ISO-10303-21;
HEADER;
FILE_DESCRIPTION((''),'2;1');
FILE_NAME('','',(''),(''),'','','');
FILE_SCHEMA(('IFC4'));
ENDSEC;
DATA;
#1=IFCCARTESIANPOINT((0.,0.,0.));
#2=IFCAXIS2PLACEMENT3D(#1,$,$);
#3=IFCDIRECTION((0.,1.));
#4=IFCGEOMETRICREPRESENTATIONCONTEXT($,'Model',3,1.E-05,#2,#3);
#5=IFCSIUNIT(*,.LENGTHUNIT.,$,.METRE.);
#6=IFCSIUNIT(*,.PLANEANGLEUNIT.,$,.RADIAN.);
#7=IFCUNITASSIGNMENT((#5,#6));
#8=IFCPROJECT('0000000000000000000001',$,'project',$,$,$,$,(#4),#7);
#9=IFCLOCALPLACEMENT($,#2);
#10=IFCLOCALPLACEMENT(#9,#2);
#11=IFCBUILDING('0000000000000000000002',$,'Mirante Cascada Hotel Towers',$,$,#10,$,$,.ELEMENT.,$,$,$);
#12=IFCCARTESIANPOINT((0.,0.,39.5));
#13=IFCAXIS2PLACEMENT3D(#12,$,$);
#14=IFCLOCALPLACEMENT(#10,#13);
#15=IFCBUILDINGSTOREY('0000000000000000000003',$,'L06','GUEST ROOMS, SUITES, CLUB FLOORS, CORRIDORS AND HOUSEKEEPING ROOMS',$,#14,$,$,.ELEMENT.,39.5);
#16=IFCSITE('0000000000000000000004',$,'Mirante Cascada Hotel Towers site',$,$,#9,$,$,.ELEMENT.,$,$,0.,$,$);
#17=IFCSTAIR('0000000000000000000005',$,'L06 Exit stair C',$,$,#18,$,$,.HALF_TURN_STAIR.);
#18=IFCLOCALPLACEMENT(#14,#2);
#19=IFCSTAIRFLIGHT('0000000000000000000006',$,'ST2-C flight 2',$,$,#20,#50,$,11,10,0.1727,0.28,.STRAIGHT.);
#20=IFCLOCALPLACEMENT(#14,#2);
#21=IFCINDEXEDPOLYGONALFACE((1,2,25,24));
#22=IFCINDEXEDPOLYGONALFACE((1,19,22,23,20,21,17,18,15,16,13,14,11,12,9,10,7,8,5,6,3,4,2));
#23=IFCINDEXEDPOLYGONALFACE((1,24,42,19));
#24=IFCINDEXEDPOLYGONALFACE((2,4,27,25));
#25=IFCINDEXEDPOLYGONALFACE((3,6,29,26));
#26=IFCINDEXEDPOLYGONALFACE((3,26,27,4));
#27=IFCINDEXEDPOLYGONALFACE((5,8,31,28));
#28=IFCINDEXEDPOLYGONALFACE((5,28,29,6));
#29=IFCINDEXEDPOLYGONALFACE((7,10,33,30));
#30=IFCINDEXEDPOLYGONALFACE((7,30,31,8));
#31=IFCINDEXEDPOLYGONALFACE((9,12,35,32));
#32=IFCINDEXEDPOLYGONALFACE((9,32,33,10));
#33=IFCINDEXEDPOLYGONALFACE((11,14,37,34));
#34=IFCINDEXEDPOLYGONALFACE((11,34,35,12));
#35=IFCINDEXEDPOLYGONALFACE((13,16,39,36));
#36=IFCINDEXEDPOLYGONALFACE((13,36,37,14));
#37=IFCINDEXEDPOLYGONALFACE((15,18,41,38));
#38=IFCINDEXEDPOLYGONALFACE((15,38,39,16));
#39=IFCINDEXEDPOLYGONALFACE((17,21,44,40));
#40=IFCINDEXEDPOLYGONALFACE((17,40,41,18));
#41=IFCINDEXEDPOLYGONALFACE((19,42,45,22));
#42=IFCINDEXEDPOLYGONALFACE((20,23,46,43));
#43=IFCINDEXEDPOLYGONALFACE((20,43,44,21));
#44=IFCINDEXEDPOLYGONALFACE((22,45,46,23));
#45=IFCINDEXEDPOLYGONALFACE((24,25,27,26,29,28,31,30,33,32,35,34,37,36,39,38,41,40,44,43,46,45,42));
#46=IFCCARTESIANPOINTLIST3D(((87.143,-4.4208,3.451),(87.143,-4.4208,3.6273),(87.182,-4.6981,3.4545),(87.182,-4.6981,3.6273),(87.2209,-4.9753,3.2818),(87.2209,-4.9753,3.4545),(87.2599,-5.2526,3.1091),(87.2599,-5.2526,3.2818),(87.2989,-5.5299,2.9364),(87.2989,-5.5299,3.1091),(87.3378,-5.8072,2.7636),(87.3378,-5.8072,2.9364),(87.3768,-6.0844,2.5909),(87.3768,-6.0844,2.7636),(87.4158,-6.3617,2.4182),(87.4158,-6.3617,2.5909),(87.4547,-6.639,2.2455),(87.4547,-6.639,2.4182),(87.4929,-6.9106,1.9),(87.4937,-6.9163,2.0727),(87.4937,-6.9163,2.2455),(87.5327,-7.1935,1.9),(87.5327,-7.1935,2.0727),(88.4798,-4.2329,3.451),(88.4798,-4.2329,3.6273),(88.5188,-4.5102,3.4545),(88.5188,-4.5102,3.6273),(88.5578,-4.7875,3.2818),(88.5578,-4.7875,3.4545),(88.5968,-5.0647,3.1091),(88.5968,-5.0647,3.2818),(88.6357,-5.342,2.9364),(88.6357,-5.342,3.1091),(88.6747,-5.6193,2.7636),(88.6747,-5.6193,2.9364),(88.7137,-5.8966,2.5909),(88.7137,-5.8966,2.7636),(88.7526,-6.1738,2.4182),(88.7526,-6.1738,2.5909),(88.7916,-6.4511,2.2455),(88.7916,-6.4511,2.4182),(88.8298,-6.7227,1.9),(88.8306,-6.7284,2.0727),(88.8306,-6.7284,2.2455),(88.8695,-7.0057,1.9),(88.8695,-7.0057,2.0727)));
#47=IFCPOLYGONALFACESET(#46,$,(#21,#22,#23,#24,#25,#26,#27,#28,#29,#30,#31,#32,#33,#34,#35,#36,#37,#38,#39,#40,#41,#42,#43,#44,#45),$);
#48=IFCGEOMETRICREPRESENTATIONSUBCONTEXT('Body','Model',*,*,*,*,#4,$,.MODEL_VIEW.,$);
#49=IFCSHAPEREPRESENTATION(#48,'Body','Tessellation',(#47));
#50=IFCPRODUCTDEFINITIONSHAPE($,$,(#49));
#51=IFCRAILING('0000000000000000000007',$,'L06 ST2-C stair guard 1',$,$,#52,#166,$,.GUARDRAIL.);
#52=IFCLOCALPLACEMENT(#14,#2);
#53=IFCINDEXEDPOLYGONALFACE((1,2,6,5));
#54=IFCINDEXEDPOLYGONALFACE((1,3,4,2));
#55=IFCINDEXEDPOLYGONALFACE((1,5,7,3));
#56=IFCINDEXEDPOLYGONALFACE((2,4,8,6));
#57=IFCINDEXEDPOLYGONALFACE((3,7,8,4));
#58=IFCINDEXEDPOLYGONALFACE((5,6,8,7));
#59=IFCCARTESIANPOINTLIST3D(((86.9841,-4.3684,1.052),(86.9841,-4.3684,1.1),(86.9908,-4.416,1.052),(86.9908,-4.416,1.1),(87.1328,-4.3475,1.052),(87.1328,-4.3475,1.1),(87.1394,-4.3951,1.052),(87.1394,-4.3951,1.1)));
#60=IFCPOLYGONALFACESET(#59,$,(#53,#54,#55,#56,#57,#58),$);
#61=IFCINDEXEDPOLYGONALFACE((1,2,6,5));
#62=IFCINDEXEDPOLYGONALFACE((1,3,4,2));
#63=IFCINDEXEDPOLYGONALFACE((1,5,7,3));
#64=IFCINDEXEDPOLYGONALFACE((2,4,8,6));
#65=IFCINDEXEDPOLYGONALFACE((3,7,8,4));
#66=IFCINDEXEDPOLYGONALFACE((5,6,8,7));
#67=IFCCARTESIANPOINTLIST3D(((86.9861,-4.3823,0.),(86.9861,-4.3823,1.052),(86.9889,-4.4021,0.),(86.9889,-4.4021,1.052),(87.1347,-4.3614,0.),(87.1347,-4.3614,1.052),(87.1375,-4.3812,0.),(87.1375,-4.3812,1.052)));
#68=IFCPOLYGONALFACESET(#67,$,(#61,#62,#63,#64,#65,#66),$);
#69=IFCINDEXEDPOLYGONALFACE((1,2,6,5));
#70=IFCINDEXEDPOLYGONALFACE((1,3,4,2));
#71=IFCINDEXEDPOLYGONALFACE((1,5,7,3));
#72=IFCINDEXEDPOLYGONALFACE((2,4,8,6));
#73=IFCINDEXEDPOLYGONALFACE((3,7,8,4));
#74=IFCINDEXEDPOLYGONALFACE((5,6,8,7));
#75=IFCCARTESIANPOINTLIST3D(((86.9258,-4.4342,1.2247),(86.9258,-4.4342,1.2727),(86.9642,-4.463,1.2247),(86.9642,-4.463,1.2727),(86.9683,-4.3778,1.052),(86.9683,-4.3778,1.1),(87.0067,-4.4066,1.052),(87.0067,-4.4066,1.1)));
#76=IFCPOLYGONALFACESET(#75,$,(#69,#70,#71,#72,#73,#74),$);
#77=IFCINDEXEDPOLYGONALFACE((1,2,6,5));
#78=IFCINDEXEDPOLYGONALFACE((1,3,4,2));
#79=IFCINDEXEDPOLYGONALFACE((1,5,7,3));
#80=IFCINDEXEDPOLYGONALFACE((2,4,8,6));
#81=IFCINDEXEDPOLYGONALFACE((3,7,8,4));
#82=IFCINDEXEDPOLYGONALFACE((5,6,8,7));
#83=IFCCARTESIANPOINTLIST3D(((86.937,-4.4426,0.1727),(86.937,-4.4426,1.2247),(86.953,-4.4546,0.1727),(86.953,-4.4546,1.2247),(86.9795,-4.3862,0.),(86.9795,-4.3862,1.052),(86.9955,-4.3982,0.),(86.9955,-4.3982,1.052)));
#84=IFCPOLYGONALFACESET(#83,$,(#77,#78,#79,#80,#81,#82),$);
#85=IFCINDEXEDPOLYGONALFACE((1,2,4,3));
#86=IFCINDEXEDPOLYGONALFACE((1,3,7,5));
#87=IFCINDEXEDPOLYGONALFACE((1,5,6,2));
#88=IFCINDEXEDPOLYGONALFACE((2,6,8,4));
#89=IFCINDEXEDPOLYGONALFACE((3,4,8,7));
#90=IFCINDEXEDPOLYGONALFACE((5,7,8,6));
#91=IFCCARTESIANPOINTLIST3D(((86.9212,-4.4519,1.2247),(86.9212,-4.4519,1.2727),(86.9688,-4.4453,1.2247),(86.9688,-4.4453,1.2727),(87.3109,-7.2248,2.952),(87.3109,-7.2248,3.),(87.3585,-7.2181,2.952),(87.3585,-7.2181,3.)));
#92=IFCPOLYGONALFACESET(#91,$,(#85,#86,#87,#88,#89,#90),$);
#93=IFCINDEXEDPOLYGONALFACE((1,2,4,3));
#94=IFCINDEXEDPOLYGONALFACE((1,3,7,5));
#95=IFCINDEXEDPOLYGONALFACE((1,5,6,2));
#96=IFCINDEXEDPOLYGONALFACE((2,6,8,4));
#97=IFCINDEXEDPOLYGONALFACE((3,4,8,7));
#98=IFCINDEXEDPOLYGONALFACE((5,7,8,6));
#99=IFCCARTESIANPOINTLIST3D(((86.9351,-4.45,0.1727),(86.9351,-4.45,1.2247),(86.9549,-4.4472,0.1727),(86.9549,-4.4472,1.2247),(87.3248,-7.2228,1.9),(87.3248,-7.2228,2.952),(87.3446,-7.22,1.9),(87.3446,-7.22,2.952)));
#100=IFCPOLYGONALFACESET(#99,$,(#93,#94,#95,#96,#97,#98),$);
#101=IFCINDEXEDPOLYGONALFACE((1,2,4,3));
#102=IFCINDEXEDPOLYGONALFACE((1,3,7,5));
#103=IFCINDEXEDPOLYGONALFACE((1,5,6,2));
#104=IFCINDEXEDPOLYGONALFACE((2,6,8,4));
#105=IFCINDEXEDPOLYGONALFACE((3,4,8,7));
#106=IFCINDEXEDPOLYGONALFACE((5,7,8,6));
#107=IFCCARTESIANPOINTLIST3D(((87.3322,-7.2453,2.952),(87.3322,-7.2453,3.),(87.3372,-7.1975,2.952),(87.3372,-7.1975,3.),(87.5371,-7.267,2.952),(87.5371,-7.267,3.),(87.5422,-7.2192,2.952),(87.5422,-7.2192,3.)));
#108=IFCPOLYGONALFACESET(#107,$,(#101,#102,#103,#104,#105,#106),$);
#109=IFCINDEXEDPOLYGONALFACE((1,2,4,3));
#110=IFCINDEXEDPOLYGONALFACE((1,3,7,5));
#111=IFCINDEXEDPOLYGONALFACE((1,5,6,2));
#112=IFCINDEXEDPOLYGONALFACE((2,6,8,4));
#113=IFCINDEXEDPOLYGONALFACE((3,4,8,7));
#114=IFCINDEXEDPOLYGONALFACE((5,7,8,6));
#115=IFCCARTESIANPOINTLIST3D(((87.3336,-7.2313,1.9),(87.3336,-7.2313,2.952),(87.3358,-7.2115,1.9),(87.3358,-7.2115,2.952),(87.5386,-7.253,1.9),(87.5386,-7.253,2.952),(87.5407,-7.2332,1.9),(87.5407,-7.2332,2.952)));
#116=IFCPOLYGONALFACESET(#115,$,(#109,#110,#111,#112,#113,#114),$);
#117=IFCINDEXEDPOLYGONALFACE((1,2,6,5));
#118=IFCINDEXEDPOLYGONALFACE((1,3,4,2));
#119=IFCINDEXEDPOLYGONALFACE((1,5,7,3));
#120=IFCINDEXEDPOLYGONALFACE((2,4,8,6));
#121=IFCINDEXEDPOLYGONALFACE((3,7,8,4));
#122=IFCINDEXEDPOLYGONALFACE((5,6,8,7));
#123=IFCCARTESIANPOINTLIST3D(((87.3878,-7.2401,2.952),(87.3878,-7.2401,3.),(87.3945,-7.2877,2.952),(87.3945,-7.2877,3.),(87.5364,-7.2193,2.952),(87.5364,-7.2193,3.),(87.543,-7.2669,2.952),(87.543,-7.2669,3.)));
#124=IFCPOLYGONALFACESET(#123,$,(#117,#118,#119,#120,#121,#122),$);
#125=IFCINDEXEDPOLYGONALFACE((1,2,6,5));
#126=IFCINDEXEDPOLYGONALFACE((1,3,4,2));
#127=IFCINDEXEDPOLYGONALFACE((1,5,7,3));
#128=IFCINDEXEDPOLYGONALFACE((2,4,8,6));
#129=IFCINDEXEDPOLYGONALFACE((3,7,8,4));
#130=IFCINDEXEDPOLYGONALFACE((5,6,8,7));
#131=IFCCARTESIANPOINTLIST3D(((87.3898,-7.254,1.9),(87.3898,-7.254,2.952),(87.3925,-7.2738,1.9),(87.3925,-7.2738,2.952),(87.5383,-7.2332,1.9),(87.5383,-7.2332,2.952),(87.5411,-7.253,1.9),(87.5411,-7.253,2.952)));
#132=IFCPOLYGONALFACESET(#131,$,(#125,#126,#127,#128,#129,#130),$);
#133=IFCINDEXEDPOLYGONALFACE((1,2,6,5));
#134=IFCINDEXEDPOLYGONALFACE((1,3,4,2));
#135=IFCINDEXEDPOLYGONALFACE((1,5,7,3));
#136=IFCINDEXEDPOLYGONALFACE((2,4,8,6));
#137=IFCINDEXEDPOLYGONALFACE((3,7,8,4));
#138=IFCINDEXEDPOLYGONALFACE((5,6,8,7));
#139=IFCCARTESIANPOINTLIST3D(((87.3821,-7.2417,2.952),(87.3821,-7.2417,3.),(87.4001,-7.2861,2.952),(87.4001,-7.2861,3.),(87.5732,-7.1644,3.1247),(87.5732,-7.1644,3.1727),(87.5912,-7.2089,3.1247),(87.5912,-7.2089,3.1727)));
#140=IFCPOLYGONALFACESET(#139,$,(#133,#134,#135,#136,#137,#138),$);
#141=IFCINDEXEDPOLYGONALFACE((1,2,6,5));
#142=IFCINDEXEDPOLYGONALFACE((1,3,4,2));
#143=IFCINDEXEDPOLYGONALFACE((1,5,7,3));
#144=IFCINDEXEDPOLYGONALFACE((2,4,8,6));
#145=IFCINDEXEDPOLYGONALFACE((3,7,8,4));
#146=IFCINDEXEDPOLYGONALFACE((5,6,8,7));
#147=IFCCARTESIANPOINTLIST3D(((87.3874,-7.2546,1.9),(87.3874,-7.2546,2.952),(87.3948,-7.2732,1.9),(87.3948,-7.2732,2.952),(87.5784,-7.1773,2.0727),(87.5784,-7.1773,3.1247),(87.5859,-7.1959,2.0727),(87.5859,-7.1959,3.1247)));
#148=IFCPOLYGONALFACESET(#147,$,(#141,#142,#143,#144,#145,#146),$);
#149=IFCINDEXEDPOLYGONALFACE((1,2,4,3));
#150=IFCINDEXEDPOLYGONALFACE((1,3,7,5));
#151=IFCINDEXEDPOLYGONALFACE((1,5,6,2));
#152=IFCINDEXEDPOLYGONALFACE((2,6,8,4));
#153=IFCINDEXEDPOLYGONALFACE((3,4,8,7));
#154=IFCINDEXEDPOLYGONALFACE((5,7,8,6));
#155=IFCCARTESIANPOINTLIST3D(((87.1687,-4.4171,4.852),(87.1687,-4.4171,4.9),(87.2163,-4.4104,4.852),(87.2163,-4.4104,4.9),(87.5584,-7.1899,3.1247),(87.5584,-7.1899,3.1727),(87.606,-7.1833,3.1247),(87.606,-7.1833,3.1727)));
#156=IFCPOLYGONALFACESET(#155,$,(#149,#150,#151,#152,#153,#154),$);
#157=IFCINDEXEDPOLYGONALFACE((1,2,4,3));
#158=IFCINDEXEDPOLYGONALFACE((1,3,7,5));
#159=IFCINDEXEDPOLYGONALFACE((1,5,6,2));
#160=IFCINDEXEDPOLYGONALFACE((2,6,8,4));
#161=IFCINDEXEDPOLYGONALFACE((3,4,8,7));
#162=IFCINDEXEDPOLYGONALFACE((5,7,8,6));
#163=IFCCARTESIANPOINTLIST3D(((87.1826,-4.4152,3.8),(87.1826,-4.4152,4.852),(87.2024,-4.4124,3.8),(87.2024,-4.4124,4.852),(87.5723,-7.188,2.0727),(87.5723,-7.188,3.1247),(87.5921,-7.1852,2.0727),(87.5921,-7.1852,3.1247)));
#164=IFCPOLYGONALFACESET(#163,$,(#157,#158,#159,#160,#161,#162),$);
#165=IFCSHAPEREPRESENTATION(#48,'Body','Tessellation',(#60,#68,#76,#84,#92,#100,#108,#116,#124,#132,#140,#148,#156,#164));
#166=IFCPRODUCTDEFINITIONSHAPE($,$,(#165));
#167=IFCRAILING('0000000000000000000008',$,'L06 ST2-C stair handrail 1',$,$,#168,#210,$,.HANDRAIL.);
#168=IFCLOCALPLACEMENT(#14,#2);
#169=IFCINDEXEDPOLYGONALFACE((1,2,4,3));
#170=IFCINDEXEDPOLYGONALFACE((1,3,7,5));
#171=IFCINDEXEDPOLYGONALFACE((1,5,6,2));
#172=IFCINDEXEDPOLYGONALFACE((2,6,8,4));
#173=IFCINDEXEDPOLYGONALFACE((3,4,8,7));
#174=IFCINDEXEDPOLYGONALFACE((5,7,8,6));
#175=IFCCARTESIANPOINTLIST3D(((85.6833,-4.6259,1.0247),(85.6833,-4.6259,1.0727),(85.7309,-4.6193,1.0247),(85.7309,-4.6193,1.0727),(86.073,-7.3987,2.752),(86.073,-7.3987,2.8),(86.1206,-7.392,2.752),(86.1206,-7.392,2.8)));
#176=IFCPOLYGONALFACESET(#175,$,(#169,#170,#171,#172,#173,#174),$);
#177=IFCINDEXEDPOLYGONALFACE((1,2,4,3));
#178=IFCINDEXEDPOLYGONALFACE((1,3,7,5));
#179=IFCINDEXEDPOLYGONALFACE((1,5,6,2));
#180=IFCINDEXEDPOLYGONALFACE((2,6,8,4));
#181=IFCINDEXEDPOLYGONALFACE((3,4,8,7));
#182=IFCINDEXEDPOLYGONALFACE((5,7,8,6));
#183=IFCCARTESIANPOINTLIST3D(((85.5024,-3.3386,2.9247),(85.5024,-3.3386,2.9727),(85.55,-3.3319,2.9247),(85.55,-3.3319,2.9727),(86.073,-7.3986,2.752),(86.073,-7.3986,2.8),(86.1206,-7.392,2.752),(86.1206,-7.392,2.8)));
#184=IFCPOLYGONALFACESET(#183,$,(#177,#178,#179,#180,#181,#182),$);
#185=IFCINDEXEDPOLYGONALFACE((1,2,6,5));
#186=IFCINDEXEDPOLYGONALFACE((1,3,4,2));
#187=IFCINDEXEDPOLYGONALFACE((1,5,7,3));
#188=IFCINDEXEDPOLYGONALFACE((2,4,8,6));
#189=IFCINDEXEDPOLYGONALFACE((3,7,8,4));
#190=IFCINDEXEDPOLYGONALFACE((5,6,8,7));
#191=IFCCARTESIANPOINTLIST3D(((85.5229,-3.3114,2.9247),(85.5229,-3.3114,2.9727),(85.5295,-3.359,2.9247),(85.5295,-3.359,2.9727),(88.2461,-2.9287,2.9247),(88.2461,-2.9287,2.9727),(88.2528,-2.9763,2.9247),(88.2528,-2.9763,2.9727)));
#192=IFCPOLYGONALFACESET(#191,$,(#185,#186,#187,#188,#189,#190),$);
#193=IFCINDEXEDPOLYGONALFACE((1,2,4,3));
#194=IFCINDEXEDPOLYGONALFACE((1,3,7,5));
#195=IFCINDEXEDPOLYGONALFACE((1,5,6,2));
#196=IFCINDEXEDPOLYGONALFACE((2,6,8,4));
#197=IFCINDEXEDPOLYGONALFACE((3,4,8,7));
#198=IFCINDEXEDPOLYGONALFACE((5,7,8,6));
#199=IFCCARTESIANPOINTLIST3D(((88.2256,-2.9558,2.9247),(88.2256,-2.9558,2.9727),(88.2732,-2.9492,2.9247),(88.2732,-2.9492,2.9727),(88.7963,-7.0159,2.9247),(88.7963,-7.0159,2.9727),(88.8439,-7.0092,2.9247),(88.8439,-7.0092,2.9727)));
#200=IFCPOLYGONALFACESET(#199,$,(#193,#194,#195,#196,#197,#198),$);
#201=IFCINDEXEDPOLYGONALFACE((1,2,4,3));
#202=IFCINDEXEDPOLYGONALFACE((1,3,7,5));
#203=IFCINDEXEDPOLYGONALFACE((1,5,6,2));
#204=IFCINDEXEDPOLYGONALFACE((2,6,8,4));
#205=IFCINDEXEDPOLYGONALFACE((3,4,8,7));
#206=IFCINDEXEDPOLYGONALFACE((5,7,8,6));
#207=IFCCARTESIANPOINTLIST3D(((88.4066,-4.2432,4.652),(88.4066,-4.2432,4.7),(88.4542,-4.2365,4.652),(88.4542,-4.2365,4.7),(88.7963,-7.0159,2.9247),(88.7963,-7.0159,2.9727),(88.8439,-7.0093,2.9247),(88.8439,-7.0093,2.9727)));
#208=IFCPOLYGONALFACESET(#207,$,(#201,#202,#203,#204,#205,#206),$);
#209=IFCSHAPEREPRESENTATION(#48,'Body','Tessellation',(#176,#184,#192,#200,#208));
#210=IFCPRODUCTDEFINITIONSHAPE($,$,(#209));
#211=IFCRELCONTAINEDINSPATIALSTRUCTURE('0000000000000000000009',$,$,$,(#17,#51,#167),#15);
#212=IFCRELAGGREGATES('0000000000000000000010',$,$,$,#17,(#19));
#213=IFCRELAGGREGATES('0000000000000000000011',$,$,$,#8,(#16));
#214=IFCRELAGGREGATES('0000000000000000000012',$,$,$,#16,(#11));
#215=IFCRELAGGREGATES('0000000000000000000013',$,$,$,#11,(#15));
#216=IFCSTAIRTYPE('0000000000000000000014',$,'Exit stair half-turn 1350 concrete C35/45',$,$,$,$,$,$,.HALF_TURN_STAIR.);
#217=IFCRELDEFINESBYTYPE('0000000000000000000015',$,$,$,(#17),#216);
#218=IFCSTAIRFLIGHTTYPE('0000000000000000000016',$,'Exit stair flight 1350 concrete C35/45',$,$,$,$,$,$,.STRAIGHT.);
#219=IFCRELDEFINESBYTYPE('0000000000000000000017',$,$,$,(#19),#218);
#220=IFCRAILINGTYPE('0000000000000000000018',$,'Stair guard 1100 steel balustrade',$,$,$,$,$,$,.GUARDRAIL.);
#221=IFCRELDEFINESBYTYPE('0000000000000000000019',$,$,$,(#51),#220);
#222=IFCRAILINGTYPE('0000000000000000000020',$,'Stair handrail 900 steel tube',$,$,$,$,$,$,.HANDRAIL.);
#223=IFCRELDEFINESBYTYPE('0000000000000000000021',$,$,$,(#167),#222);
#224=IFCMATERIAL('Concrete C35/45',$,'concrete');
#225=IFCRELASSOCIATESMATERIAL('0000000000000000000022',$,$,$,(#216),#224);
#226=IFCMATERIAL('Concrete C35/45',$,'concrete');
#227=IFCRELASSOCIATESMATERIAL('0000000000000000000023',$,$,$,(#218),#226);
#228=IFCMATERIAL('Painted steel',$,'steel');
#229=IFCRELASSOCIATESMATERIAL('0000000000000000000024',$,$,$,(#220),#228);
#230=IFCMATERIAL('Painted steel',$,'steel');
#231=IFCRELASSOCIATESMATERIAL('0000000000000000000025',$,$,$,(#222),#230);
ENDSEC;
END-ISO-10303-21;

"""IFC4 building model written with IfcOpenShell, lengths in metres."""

from ifc_helpers import new_model, si_unit, direction, frame, origin, origin_2d, place, context, subcontext, project, spatial, polyline, rectangle, outline, extrude, material, type_object, element, aggregate, save


model = new_model("IFC4")

# Units and contexts
model_context = context("Model", 3, precision=1e-05, world=origin(), true_north=direction((0.0, 1.0)))
body_context = subcontext(model_context, "Body", "Model", "MODEL_VIEW")
ifc_project = project(units=[si_unit("LENGTHUNIT", "METRE"), si_unit("PLANEANGLEUNIT", "RADIAN")], contexts=[model_context])

# Site, building, storey
site_placement = place(None, origin())
site = spatial("IfcSite", under=ifc_project, at=site_placement, Name="Mirante Cascada Hotel Towers site", CompositionType="ELEMENT", RefElevation=0.0)
building_placement = place(site_placement, origin())
building = spatial("IfcBuilding", under=site, at=building_placement, Name="Mirante Cascada Hotel Towers", CompositionType="ELEMENT")
storey_placement = place(building_placement, frame((0.0, 0.0, 39.5)))
storey = spatial("IfcBuildingStorey", under=building, at=storey_placement, Name="L06", Description="GUEST ROOMS, SUITES, CLUB FLOORS, CORRIDORS AND HOUSEKEEPING ROOMS", CompositionType="ELEMENT", Elevation=39.5)

# Stair, stair flight
ifc_material_1 = material(Name="Concrete C35/45", Category="concrete")
stair_type = type_object("IfcStairType", Name="Exit stair half-turn 1350 concrete C35/45", PredefinedType="HALF_TURN_STAIR", material=ifc_material_1)
stair_placement = place(storey_placement, origin())
stair = element("IfcStair", 1, at=stair_placement, inside=storey, type_object=stair_type, Name="L06 Exit stair C", PredefinedType="HALF_TURN_STAIR")
ifc_material_2 = material(Name="Concrete C35/45", Category="concrete")
stair_flight_type = type_object("IfcStairFlightType", Name="Exit stair flight 1350 concrete C35/45", PredefinedType="STRAIGHT", material=ifc_material_2)
stair_flight_1_placement = place(storey_placement, frame((88.2011, -7.0996, 1.9), z_axis=(0.0, 0.0, 1.0), x_axis=(-0.139173, 0.990268, 0.0)))
stair_flight_1 = element("IfcStairFlight", 2, at=stair_flight_1_placement, type_object=stair_flight_type, Name="ST2-C flight 2", NumberOfRisers=11, NumberOfTreads=10, PredefinedType="STRAIGHT", RiserHeight=0.1727, TreadLength=0.28, context=body_context, shape_type="SweptSolid", body=[
    extrude(outline(polyline([(0.0, 0.0), (0.0, 0.1727), (0.28, 0.1727), (0.28, 0.3455), (0.56, 0.3455), (0.56, 0.5182), (0.84, 0.5182), (0.84, 0.6909), (1.12, 0.6909), (1.12, 0.8636), (1.4, 0.8636), (1.4, 1.0364), (1.68, 1.0364), (1.68, 1.2091), (1.96, 1.2091), (1.96, 1.3818), (2.24, 1.3818), (2.24, 1.5545), (2.52, 1.5545), (2.52, 1.7273), (2.8, 1.7273), (2.8, 1.9), (2.8, 1.551), (0.2857, 0.0), (0.0, 0.0)])), frame((0.0, 0.675, 0.0), z_axis=(0.0, -1.0, 0.0), x_axis=(1.0, 0.0, 0.0)), (0.0, 0.0, 1.0), 1.35),
])
aggregate(stair, [stair_flight_1])

# Railings
ifc_material_3 = material(Name="Painted steel", Category="steel")
railing_type_1 = type_object("IfcRailingType", Name="Stair guard 1100 steel balustrade", PredefinedType="GUARDRAIL", material=ifc_material_3)
railing_1_placement = place(storey_placement, frame((87.1361, -4.3713, 0.0)))
element("IfcRailing", 3, at=railing_1_placement, inside=storey, type_object=railing_type_1, Name="L06 ST2-C stair guard 1", PredefinedType="GUARDRAIL", context=body_context, shape_type="SweptSolid", body=[
    extrude(rectangle(XDim=0.048, YDim=0.048, at=origin_2d()), frame((0.0, 0.0, 1.076), z_axis=(-0.990254, -0.139275, 0.0), x_axis=(0.139275, -0.990254, 0.0)), (0.0, 0.0, 1.0), 0.1501),
    extrude(rectangle(XDim=0.02, YDim=1.052, at=origin_2d()), frame((0.0, 0.0, 0.526), z_axis=(-0.990254, -0.139275, 0.0), x_axis=(0.139275, -0.990254, 0.0)), (0.0, 0.0, 1.0), 0.1501),
    extrude(rectangle(XDim=0.048, YDim=0.048, at=origin_2d()), frame((-0.1486, -0.0209, 1.076), z_axis=(-0.601811, -0.798639, 0.0), x_axis=(0.798639, -0.601811, 0.0)), (0.0, 0.925603, 0.378496), 0.1866),
    extrude(rectangle(XDim=0.02, YDim=1.052, at=origin_2d()), frame((-0.1486, -0.0209, 0.526), z_axis=(-0.601811, -0.798639, 0.0), x_axis=(0.798639, -0.601811, 0.0)), (0.0, 0.925603, 0.378496), 0.1866),
    extrude(rectangle(XDim=0.048, YDim=0.048, at=origin_2d()), frame((-0.1911, -0.0773, 1.2487), z_axis=(0.139176, -0.990268, 0.0), x_axis=(0.990268, 0.139176, 0.0)), (0.0, 0.525021, 0.851089), 3.29),
    extrude(rectangle(XDim=0.02, YDim=1.052, at=origin_2d()), frame((-0.1911, -0.0773, 0.6987), z_axis=(0.139176, -0.990268, 0.0), x_axis=(0.990268, 0.139176, 0.0)), (0.0, 0.525021, 0.851089), 3.29),
    extrude(rectangle(XDim=0.048, YDim=0.048, at=origin_2d()), frame((0.1986, -2.8501, 2.976), z_axis=(0.994444, -0.105266, 0.0), x_axis=(0.105266, 0.994444, 0.0)), (0.0, 0.0, 1.0), 0.2061),
    extrude(rectangle(XDim=0.02, YDim=1.052, at=origin_2d()), frame((0.1986, -2.8501, 2.426), z_axis=(0.994444, -0.105266, 0.0), x_axis=(0.105266, 0.994444, 0.0)), (0.0, 0.0, 1.0), 0.2061),
    extrude(rectangle(XDim=0.048, YDim=0.048, at=origin_2d()), frame((0.4036, -2.8718, 2.976), z_axis=(-0.990345, -0.138622, 0.0), x_axis=(0.138622, -0.990345, 0.0)), (0.0, 0.0, 1.0), 0.15),
    extrude(rectangle(XDim=0.02, YDim=1.052, at=origin_2d()), frame((0.4036, -2.8718, 2.426), z_axis=(-0.990345, -0.138622, 0.0), x_axis=(0.138622, -0.990345, 0.0)), (0.0, 0.0, 1.0), 0.15),
    extrude(rectangle(XDim=0.048, YDim=0.048, at=origin_2d()), frame((0.255, -2.8926, 2.976), z_axis=(0.927031, 0.374984, 0.0), x_axis=(-0.374984, 0.927031, 0.0)), (0.0, 0.64219, 0.766545), 0.2689),
    extrude(rectangle(XDim=0.02, YDim=1.052, at=origin_2d()), frame((0.255, -2.8926, 2.426), z_axis=(0.927031, 0.374984, 0.0), x_axis=(-0.374984, 0.927031, 0.0)), (0.0, 0.64219, 0.766545), 0.2689),
    extrude(rectangle(XDim=0.048, YDim=0.048, at=origin_2d()), frame((0.4461, -2.8153, 3.1487), z_axis=(-0.139176, 0.990268, 0.0), x_axis=(-0.990268, -0.139176, 0.0)), (0.0, 0.525021, 0.851089), 3.29),
    extrude(rectangle(XDim=0.02, YDim=1.052, at=origin_2d()), frame((0.4461, -2.8153, 2.5987), z_axis=(-0.139176, 0.990268, 0.0), x_axis=(-0.990268, -0.139176, 0.0)), (0.0, 0.525021, 0.851089), 3.29),
])
ifc_material_4 = material(Name="Painted steel", Category="steel")
railing_type_2 = type_object("IfcRailingType", Name="Stair handrail 900 steel tube", PredefinedType="HANDRAIL", material=ifc_material_4)
railing_2_placement = place(storey_placement, frame((85.7071, -4.6226, 0.1727)))
element("IfcRailing", 4, at=railing_2_placement, inside=storey, type_object=railing_type_2, Name="L06 ST2-C stair handrail 1", PredefinedType="HANDRAIL", context=body_context, shape_type="SweptSolid", body=[
    extrude(rectangle(XDim=0.048, YDim=0.048, at=origin_2d()), frame((0.0, 0.0, 0.876), z_axis=(0.139181, -0.990267, 0.0), x_axis=(0.990267, 0.139181, 0.0)), (0.0, 0.525035, 0.851081), 3.2899),
    extrude(rectangle(XDim=0.048, YDim=0.048, at=origin_2d()), frame((0.3897, -2.7727, 2.6033), z_axis=(-0.139171, 0.990268, 0.0), x_axis=(-0.990268, -0.139171, 0.0)), (0.0, 0.042085, 0.999114), 4.1036),
    extrude(rectangle(XDim=0.048, YDim=0.048, at=origin_2d()), frame((-0.1809, 1.2874, 2.776), z_axis=(0.990269, 0.139166, 0.0), x_axis=(-0.139166, 0.990269, 0.0)), (0.0, 0.0, 1.0), 2.75),
    extrude(rectangle(XDim=0.048, YDim=0.048, at=origin_2d()), frame((2.5423, 1.6701, 2.776), z_axis=(0.139195, -0.990265, 0.0), x_axis=(0.990265, 0.139195, 0.0)), (0.0, 0.0, 1.0), 4.1),
    extrude(rectangle(XDim=0.048, YDim=0.048, at=origin_2d()), frame((3.113, -2.39, 2.776), z_axis=(-0.139181, 0.990267, 0.0), x_axis=(-0.990267, -0.139181, 0.0)), (0.0, 0.525035, 0.851081), 3.2899),
])

save(model, "model.ifc")
